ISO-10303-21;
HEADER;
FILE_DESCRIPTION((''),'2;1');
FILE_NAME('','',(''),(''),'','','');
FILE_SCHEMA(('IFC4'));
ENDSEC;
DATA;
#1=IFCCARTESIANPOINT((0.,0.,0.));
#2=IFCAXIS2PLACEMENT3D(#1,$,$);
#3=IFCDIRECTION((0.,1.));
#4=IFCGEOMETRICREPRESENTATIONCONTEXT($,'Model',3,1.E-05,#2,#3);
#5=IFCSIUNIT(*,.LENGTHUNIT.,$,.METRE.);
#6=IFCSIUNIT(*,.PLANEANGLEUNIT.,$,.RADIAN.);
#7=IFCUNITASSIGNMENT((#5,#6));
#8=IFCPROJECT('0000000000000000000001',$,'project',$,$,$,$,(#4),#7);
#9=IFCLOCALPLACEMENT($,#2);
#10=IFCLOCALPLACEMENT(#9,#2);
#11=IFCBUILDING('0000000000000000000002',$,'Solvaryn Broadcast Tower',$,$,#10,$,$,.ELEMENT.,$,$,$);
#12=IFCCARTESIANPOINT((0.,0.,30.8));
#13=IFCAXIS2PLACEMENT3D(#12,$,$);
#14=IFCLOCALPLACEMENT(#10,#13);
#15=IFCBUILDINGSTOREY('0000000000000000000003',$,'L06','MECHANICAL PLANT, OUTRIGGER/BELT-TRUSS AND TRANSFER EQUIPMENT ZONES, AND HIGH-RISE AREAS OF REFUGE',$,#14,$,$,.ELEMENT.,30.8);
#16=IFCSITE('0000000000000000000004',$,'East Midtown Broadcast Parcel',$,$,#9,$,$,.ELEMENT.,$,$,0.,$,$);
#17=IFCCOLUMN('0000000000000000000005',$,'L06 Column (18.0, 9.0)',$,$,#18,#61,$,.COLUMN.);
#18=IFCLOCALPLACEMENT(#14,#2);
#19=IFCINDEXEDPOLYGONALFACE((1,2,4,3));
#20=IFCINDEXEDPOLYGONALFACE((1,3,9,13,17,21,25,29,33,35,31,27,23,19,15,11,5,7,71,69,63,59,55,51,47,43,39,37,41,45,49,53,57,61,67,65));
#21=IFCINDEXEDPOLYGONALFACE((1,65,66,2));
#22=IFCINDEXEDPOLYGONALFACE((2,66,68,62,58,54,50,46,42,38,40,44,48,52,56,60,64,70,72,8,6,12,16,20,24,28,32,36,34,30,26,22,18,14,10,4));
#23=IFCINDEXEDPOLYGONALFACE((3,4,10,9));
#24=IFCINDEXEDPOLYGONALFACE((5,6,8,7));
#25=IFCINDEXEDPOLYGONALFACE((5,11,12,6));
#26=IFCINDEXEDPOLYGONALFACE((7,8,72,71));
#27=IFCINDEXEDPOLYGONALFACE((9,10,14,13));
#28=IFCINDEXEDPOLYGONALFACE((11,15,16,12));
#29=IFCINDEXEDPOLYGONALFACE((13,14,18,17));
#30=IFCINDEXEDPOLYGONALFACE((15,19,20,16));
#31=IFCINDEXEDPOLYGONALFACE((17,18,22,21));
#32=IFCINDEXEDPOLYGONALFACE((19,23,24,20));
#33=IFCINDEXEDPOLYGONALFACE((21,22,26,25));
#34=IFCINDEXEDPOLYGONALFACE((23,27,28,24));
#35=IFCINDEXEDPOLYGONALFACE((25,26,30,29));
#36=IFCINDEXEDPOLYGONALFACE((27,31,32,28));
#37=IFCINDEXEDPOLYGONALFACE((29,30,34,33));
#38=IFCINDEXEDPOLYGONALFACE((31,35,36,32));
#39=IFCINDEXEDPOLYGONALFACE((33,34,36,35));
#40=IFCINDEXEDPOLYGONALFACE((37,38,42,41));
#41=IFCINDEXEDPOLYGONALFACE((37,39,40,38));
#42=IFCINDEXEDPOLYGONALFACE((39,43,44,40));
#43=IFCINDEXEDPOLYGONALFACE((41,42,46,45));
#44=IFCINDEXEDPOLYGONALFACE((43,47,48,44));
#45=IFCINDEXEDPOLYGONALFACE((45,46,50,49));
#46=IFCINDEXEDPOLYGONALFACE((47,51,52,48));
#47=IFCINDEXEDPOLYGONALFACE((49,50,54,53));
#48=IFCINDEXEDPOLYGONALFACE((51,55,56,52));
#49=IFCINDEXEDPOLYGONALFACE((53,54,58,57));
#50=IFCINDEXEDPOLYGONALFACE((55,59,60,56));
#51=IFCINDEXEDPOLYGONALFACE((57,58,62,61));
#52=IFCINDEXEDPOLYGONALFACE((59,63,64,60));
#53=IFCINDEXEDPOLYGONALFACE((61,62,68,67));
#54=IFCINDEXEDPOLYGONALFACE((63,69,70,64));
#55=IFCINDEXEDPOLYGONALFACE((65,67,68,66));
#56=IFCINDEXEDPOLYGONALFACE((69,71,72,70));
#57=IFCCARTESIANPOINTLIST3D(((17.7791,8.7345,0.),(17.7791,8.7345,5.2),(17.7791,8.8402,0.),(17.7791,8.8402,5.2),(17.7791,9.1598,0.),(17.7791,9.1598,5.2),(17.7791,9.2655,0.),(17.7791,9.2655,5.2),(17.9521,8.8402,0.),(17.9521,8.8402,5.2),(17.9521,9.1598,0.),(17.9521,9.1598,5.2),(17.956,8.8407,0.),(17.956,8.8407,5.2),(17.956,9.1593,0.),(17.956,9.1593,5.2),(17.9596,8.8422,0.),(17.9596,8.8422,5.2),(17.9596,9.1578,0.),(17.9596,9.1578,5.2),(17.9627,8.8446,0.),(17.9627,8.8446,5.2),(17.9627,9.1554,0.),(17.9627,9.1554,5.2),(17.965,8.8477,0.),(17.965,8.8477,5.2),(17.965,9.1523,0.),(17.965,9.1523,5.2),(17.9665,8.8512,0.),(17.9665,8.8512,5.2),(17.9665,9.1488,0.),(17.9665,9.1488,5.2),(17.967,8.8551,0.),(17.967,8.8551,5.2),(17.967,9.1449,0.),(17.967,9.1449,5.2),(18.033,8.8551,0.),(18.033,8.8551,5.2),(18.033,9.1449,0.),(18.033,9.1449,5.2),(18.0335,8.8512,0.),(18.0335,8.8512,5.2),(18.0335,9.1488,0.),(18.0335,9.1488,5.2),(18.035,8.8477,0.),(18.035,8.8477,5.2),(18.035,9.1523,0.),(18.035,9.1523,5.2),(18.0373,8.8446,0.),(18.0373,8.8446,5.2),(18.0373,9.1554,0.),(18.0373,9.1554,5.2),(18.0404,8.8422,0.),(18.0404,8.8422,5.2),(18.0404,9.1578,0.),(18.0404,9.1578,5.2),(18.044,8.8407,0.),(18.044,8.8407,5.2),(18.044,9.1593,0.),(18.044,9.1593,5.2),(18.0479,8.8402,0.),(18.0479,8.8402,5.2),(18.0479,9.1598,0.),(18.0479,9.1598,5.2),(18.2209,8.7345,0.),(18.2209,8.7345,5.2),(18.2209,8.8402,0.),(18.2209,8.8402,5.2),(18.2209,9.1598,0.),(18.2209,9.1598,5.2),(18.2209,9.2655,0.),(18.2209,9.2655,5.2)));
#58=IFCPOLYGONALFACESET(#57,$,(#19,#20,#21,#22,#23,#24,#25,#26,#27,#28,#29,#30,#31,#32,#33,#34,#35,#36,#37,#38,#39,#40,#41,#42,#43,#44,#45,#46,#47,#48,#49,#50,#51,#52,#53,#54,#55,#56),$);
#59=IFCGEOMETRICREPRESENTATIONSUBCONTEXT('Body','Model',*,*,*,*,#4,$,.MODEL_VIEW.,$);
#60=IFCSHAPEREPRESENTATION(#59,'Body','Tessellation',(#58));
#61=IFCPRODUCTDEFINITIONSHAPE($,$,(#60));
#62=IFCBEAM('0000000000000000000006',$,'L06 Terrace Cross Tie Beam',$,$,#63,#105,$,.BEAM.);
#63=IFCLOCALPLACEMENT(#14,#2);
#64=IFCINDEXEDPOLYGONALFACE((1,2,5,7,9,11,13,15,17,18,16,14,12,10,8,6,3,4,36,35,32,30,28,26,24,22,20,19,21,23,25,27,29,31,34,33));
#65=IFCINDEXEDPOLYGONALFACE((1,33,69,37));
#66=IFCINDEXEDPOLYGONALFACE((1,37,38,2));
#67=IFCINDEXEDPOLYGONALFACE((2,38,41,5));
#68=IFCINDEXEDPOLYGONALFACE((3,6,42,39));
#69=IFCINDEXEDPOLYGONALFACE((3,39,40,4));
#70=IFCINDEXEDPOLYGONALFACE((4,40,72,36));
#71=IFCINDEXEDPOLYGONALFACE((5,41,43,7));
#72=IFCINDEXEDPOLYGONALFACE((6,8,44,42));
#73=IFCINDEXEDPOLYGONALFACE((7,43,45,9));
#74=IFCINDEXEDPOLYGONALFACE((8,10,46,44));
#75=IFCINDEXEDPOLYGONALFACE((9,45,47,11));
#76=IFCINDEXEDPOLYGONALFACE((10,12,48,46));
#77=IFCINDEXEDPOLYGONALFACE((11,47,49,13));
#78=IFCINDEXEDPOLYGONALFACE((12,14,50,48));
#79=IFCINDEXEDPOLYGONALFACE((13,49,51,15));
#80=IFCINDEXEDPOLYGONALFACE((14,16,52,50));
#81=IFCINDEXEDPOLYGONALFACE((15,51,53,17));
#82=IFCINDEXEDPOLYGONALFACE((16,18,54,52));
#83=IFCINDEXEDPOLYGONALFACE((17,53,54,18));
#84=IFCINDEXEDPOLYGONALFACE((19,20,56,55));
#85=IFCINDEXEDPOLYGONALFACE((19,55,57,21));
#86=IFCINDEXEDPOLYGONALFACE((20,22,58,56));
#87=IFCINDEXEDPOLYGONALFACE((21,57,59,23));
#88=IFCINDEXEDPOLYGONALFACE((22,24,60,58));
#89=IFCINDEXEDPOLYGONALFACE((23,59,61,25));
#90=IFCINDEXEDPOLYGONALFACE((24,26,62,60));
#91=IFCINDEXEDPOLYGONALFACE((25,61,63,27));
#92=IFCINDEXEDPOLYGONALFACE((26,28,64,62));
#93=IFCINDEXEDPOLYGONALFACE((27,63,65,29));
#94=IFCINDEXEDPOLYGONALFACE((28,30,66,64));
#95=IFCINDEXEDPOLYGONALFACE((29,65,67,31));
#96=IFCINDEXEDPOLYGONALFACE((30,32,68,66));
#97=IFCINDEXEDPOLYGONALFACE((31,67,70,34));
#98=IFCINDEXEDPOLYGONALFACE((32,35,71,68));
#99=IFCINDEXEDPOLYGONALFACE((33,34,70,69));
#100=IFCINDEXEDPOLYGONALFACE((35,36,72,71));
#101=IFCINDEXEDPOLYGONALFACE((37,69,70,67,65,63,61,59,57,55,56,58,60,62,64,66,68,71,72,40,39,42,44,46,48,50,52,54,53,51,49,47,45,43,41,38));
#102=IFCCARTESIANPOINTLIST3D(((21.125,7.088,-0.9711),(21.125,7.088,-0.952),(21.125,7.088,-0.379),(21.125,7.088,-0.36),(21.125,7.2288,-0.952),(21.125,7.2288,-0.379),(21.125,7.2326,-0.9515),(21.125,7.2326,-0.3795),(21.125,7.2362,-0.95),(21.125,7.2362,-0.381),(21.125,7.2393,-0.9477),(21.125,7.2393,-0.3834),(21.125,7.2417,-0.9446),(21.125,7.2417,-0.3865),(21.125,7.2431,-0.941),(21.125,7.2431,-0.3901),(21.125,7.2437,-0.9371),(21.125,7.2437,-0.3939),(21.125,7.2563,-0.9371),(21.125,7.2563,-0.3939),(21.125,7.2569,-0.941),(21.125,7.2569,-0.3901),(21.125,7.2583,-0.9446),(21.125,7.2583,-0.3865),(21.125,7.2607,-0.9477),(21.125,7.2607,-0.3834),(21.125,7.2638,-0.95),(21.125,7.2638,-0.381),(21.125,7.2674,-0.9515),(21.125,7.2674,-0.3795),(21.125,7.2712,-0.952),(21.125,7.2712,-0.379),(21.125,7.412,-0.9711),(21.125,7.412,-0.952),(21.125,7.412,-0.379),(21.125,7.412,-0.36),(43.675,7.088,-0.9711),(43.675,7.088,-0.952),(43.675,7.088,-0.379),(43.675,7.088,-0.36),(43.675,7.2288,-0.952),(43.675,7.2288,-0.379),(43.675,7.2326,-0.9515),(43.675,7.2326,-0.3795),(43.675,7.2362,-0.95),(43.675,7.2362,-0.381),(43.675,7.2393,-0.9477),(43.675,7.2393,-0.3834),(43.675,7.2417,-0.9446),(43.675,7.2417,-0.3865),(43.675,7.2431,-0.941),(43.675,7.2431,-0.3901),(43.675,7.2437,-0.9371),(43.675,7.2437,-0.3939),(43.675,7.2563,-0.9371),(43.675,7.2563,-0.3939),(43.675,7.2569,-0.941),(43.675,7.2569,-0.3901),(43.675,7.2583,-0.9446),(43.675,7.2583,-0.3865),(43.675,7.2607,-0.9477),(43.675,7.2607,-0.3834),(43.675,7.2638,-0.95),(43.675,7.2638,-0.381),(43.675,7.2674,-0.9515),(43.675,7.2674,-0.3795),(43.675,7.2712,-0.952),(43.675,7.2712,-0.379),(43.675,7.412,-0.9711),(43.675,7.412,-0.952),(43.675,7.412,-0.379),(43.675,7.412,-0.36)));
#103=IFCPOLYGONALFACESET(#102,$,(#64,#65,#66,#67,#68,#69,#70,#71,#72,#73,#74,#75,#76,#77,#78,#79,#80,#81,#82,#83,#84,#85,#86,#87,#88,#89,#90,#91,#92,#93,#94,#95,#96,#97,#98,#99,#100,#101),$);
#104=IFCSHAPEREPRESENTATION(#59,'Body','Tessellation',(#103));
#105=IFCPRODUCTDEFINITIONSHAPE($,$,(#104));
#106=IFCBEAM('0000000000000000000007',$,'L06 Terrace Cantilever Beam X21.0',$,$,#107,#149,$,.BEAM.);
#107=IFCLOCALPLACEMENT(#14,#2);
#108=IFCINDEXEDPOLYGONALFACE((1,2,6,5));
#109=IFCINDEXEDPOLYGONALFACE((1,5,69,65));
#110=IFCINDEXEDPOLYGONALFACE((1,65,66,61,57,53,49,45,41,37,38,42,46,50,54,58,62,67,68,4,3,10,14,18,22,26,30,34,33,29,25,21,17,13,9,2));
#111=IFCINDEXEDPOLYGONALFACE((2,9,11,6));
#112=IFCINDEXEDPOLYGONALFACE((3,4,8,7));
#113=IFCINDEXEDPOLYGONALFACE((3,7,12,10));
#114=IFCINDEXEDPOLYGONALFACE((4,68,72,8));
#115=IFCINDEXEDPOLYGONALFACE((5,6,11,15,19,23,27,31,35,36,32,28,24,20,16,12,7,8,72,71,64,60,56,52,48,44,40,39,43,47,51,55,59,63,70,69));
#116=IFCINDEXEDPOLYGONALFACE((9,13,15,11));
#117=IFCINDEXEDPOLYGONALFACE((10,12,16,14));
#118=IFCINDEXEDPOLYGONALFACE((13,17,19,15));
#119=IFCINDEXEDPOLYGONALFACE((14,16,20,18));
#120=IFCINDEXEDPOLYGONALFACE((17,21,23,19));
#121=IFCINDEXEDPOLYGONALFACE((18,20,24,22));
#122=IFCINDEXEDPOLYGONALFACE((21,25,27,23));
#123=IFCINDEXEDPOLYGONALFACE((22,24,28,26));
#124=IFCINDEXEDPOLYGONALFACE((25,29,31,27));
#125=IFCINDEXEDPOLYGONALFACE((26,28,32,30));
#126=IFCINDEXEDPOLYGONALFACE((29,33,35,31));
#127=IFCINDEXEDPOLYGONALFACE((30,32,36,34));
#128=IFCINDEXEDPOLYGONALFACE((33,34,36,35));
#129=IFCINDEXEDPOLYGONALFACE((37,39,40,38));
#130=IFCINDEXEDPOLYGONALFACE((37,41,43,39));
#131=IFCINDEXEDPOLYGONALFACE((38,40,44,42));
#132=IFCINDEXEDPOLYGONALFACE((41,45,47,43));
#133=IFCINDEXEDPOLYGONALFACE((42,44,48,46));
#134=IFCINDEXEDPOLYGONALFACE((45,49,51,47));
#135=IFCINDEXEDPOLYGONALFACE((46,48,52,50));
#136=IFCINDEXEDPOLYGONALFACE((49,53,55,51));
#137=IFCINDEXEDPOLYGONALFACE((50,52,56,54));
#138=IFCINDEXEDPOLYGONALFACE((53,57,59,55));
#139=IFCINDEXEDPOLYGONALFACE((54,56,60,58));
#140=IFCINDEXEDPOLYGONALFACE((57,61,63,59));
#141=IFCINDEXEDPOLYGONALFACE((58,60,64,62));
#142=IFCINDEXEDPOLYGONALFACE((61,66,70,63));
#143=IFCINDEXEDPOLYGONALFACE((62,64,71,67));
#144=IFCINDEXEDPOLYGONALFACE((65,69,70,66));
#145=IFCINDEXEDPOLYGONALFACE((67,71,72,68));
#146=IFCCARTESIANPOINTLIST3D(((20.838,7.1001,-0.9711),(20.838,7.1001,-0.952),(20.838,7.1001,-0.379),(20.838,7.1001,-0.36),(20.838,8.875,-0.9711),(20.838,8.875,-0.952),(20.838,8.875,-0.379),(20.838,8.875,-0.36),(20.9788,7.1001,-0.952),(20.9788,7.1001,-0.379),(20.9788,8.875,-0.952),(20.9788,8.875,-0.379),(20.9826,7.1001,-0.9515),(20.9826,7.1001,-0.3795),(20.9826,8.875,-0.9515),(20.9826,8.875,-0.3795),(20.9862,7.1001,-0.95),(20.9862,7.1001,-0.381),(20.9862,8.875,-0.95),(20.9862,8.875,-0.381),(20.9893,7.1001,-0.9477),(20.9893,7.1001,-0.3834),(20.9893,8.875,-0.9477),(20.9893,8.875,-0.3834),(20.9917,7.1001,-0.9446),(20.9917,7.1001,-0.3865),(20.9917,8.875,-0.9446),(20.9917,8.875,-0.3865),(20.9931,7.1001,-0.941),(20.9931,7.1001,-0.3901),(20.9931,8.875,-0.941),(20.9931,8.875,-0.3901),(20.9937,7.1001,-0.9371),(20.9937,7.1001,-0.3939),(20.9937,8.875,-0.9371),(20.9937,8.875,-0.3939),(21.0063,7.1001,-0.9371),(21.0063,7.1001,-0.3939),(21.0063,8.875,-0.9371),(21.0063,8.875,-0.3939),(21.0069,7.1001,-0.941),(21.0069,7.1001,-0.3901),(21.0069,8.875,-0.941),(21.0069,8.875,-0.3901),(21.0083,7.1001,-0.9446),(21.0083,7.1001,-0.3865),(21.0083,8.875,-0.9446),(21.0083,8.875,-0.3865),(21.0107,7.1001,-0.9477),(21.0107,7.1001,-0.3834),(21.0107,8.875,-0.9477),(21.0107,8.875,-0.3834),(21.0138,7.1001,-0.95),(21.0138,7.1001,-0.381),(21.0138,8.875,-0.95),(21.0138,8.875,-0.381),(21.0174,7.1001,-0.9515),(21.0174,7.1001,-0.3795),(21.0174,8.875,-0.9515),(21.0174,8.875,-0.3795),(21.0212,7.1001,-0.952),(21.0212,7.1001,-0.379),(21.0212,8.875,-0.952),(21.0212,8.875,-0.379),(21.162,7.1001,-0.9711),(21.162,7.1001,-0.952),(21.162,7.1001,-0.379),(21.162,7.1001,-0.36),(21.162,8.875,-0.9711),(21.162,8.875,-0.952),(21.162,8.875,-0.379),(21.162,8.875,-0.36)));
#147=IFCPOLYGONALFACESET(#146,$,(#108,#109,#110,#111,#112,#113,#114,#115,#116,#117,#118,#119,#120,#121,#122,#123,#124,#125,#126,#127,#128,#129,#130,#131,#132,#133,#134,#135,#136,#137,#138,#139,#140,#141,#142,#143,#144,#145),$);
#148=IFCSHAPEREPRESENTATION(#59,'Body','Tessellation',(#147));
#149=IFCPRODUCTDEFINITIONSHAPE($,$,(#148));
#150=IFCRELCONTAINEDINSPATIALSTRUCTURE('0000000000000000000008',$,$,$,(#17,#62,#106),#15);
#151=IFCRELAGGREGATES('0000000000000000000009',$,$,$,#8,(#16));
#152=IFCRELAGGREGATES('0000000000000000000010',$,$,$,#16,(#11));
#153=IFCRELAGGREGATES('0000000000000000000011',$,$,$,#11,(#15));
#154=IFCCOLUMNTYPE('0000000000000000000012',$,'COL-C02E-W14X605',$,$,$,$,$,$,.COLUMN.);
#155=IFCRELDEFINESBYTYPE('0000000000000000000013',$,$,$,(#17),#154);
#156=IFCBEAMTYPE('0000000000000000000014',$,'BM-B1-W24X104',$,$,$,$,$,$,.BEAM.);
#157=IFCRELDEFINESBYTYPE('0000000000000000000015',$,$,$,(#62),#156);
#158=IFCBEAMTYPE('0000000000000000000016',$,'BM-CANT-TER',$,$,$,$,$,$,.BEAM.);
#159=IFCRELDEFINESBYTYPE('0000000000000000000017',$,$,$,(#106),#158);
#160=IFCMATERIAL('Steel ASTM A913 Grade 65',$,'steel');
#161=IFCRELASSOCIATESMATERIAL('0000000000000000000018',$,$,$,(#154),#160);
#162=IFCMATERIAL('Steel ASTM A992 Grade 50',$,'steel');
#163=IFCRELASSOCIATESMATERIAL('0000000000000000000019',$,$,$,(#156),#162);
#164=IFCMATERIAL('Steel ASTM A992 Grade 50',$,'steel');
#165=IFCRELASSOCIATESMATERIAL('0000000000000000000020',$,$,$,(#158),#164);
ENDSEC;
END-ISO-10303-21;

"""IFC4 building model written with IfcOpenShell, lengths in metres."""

from ifc_helpers import new_model, si_unit, direction, frame, origin, origin_2d, place, context, subcontext, project, spatial, i_section, extrude, material, material_profile, profile_set, type_object, element, save


model = new_model("IFC4")

# Units and contexts
model_context = context("Model", 3, precision=1e-05, world=origin(), true_north=direction((0.0, 1.0)))
body_context = subcontext(model_context, "Body", "Model", "MODEL_VIEW")
ifc_project = project(units=[si_unit("LENGTHUNIT", "METRE"), si_unit("PLANEANGLEUNIT", "RADIAN")], contexts=[model_context])

# Site, building, storey
site_placement = place(None, origin())
site = spatial("IfcSite", under=ifc_project, at=site_placement, Name="East Midtown Broadcast Parcel", CompositionType="ELEMENT", RefElevation=0.0)
building_placement = place(site_placement, origin())
building = spatial("IfcBuilding", under=site, at=building_placement, Name="Solvaryn Broadcast Tower", CompositionType="ELEMENT")
storey_placement = place(building_placement, frame((0.0, 0.0, 30.8)))
storey = spatial("IfcBuildingStorey", under=building, at=storey_placement, Name="L06", Description="MECHANICAL PLANT, OUTRIGGER/BELT-TRUSS AND TRANSFER EQUIPMENT ZONES, AND HIGH-RISE AREAS OF REFUGE", CompositionType="ELEMENT", Elevation=30.8)

# Column
ifc_material_1 = material(Name="Steel ASTM A913 Grade 65", Category="steel")
ifc_material_profile_1 = material_profile(ifc_material_1, i_section(OverallWidth=0.4419, OverallDepth=0.531, WebThickness=0.0659, FlangeThickness=0.1057, FilletRadius=0.0149, at=origin_2d()))
ifc_profile_set_1 = profile_set([ifc_material_profile_1], Name="Steel ASTM A913 Grade 65")
column_type = type_object("IfcColumnType", Name="COL-C02E-W14X605", PredefinedType="COLUMN", material=ifc_profile_set_1)
column_placement = place(storey_placement, frame((18.0, 9.0, 0.0), z_axis=(0.0, 0.0, 1.0), x_axis=(1.0, 0.0, 0.0)))
element("IfcColumn", 1, at=column_placement, inside=storey, type_object=column_type, Name="L06 Column (18.0, 9.0)", PredefinedType="COLUMN", context=body_context, shape_type="SweptSolid", body=[
    extrude(i_section(OverallWidth=0.4419, OverallDepth=0.531, WebThickness=0.0659, FlangeThickness=0.1057, FilletRadius=0.0149, at=origin_2d()), origin(), (0.0, 0.0, 1.0), 5.2),
])

# Beams
ifc_material_2 = material(Name="Steel ASTM A992 Grade 50", Category="steel")
ifc_material_profile_2 = material_profile(ifc_material_2, i_section(OverallWidth=0.324, OverallDepth=0.6111, WebThickness=0.0127, FlangeThickness=0.019, FilletRadius=0.0149, at=origin_2d()))
ifc_profile_set_2 = profile_set([ifc_material_profile_2], Name="Steel ASTM A992 Grade 50")
beam_type_1 = type_object("IfcBeamType", Name="BM-B1-W24X104", PredefinedType="BEAM", material=ifc_profile_set_2)
beam_1_placement = place(storey_placement, frame((21.125, 7.25, -0.6655), z_axis=(1.0, 0.0, 0.0), x_axis=(0.0, 1.0, 0.0)))
element("IfcBeam", 2, at=beam_1_placement, inside=storey, type_object=beam_type_1, Name="L06 Terrace Cross Tie Beam", PredefinedType="BEAM", context=body_context, shape_type="SweptSolid", body=[
    extrude(i_section(OverallWidth=0.324, OverallDepth=0.6111, WebThickness=0.0127, FlangeThickness=0.019, FilletRadius=0.0149, at=origin_2d()), origin(), (0.0, 0.0, 1.0), 22.55),
])
ifc_material_3 = material(Name="Steel ASTM A992 Grade 50", Category="steel")
ifc_material_profile_3 = material_profile(ifc_material_3, i_section(OverallWidth=0.324, OverallDepth=0.6111, WebThickness=0.0127, FlangeThickness=0.019, FilletRadius=0.0149, at=origin_2d()))
ifc_profile_set_3 = profile_set([ifc_material_profile_3], Name="Steel ASTM A992 Grade 50")
beam_type_2 = type_object("IfcBeamType", Name="BM-CANT-TER", PredefinedType="BEAM", material=ifc_profile_set_3)
beam_2_placement = place(storey_placement, frame((21.0, 8.875, -0.6655), z_axis=(0.0, -1.0, 0.0), x_axis=(1.0, 0.0, 0.0)))
element("IfcBeam", 3, at=beam_2_placement, inside=storey, type_object=beam_type_2, Name="L06 Terrace Cantilever Beam X21.0", PredefinedType="BEAM", context=body_context, shape_type="SweptSolid", body=[
    extrude(i_section(OverallWidth=0.324, OverallDepth=0.6111, WebThickness=0.0127, FlangeThickness=0.019, FilletRadius=0.0149, at=origin_2d()), origin(), (0.0, 0.0, 1.0), 1.7749),
])

save(model, "model.ifc")
